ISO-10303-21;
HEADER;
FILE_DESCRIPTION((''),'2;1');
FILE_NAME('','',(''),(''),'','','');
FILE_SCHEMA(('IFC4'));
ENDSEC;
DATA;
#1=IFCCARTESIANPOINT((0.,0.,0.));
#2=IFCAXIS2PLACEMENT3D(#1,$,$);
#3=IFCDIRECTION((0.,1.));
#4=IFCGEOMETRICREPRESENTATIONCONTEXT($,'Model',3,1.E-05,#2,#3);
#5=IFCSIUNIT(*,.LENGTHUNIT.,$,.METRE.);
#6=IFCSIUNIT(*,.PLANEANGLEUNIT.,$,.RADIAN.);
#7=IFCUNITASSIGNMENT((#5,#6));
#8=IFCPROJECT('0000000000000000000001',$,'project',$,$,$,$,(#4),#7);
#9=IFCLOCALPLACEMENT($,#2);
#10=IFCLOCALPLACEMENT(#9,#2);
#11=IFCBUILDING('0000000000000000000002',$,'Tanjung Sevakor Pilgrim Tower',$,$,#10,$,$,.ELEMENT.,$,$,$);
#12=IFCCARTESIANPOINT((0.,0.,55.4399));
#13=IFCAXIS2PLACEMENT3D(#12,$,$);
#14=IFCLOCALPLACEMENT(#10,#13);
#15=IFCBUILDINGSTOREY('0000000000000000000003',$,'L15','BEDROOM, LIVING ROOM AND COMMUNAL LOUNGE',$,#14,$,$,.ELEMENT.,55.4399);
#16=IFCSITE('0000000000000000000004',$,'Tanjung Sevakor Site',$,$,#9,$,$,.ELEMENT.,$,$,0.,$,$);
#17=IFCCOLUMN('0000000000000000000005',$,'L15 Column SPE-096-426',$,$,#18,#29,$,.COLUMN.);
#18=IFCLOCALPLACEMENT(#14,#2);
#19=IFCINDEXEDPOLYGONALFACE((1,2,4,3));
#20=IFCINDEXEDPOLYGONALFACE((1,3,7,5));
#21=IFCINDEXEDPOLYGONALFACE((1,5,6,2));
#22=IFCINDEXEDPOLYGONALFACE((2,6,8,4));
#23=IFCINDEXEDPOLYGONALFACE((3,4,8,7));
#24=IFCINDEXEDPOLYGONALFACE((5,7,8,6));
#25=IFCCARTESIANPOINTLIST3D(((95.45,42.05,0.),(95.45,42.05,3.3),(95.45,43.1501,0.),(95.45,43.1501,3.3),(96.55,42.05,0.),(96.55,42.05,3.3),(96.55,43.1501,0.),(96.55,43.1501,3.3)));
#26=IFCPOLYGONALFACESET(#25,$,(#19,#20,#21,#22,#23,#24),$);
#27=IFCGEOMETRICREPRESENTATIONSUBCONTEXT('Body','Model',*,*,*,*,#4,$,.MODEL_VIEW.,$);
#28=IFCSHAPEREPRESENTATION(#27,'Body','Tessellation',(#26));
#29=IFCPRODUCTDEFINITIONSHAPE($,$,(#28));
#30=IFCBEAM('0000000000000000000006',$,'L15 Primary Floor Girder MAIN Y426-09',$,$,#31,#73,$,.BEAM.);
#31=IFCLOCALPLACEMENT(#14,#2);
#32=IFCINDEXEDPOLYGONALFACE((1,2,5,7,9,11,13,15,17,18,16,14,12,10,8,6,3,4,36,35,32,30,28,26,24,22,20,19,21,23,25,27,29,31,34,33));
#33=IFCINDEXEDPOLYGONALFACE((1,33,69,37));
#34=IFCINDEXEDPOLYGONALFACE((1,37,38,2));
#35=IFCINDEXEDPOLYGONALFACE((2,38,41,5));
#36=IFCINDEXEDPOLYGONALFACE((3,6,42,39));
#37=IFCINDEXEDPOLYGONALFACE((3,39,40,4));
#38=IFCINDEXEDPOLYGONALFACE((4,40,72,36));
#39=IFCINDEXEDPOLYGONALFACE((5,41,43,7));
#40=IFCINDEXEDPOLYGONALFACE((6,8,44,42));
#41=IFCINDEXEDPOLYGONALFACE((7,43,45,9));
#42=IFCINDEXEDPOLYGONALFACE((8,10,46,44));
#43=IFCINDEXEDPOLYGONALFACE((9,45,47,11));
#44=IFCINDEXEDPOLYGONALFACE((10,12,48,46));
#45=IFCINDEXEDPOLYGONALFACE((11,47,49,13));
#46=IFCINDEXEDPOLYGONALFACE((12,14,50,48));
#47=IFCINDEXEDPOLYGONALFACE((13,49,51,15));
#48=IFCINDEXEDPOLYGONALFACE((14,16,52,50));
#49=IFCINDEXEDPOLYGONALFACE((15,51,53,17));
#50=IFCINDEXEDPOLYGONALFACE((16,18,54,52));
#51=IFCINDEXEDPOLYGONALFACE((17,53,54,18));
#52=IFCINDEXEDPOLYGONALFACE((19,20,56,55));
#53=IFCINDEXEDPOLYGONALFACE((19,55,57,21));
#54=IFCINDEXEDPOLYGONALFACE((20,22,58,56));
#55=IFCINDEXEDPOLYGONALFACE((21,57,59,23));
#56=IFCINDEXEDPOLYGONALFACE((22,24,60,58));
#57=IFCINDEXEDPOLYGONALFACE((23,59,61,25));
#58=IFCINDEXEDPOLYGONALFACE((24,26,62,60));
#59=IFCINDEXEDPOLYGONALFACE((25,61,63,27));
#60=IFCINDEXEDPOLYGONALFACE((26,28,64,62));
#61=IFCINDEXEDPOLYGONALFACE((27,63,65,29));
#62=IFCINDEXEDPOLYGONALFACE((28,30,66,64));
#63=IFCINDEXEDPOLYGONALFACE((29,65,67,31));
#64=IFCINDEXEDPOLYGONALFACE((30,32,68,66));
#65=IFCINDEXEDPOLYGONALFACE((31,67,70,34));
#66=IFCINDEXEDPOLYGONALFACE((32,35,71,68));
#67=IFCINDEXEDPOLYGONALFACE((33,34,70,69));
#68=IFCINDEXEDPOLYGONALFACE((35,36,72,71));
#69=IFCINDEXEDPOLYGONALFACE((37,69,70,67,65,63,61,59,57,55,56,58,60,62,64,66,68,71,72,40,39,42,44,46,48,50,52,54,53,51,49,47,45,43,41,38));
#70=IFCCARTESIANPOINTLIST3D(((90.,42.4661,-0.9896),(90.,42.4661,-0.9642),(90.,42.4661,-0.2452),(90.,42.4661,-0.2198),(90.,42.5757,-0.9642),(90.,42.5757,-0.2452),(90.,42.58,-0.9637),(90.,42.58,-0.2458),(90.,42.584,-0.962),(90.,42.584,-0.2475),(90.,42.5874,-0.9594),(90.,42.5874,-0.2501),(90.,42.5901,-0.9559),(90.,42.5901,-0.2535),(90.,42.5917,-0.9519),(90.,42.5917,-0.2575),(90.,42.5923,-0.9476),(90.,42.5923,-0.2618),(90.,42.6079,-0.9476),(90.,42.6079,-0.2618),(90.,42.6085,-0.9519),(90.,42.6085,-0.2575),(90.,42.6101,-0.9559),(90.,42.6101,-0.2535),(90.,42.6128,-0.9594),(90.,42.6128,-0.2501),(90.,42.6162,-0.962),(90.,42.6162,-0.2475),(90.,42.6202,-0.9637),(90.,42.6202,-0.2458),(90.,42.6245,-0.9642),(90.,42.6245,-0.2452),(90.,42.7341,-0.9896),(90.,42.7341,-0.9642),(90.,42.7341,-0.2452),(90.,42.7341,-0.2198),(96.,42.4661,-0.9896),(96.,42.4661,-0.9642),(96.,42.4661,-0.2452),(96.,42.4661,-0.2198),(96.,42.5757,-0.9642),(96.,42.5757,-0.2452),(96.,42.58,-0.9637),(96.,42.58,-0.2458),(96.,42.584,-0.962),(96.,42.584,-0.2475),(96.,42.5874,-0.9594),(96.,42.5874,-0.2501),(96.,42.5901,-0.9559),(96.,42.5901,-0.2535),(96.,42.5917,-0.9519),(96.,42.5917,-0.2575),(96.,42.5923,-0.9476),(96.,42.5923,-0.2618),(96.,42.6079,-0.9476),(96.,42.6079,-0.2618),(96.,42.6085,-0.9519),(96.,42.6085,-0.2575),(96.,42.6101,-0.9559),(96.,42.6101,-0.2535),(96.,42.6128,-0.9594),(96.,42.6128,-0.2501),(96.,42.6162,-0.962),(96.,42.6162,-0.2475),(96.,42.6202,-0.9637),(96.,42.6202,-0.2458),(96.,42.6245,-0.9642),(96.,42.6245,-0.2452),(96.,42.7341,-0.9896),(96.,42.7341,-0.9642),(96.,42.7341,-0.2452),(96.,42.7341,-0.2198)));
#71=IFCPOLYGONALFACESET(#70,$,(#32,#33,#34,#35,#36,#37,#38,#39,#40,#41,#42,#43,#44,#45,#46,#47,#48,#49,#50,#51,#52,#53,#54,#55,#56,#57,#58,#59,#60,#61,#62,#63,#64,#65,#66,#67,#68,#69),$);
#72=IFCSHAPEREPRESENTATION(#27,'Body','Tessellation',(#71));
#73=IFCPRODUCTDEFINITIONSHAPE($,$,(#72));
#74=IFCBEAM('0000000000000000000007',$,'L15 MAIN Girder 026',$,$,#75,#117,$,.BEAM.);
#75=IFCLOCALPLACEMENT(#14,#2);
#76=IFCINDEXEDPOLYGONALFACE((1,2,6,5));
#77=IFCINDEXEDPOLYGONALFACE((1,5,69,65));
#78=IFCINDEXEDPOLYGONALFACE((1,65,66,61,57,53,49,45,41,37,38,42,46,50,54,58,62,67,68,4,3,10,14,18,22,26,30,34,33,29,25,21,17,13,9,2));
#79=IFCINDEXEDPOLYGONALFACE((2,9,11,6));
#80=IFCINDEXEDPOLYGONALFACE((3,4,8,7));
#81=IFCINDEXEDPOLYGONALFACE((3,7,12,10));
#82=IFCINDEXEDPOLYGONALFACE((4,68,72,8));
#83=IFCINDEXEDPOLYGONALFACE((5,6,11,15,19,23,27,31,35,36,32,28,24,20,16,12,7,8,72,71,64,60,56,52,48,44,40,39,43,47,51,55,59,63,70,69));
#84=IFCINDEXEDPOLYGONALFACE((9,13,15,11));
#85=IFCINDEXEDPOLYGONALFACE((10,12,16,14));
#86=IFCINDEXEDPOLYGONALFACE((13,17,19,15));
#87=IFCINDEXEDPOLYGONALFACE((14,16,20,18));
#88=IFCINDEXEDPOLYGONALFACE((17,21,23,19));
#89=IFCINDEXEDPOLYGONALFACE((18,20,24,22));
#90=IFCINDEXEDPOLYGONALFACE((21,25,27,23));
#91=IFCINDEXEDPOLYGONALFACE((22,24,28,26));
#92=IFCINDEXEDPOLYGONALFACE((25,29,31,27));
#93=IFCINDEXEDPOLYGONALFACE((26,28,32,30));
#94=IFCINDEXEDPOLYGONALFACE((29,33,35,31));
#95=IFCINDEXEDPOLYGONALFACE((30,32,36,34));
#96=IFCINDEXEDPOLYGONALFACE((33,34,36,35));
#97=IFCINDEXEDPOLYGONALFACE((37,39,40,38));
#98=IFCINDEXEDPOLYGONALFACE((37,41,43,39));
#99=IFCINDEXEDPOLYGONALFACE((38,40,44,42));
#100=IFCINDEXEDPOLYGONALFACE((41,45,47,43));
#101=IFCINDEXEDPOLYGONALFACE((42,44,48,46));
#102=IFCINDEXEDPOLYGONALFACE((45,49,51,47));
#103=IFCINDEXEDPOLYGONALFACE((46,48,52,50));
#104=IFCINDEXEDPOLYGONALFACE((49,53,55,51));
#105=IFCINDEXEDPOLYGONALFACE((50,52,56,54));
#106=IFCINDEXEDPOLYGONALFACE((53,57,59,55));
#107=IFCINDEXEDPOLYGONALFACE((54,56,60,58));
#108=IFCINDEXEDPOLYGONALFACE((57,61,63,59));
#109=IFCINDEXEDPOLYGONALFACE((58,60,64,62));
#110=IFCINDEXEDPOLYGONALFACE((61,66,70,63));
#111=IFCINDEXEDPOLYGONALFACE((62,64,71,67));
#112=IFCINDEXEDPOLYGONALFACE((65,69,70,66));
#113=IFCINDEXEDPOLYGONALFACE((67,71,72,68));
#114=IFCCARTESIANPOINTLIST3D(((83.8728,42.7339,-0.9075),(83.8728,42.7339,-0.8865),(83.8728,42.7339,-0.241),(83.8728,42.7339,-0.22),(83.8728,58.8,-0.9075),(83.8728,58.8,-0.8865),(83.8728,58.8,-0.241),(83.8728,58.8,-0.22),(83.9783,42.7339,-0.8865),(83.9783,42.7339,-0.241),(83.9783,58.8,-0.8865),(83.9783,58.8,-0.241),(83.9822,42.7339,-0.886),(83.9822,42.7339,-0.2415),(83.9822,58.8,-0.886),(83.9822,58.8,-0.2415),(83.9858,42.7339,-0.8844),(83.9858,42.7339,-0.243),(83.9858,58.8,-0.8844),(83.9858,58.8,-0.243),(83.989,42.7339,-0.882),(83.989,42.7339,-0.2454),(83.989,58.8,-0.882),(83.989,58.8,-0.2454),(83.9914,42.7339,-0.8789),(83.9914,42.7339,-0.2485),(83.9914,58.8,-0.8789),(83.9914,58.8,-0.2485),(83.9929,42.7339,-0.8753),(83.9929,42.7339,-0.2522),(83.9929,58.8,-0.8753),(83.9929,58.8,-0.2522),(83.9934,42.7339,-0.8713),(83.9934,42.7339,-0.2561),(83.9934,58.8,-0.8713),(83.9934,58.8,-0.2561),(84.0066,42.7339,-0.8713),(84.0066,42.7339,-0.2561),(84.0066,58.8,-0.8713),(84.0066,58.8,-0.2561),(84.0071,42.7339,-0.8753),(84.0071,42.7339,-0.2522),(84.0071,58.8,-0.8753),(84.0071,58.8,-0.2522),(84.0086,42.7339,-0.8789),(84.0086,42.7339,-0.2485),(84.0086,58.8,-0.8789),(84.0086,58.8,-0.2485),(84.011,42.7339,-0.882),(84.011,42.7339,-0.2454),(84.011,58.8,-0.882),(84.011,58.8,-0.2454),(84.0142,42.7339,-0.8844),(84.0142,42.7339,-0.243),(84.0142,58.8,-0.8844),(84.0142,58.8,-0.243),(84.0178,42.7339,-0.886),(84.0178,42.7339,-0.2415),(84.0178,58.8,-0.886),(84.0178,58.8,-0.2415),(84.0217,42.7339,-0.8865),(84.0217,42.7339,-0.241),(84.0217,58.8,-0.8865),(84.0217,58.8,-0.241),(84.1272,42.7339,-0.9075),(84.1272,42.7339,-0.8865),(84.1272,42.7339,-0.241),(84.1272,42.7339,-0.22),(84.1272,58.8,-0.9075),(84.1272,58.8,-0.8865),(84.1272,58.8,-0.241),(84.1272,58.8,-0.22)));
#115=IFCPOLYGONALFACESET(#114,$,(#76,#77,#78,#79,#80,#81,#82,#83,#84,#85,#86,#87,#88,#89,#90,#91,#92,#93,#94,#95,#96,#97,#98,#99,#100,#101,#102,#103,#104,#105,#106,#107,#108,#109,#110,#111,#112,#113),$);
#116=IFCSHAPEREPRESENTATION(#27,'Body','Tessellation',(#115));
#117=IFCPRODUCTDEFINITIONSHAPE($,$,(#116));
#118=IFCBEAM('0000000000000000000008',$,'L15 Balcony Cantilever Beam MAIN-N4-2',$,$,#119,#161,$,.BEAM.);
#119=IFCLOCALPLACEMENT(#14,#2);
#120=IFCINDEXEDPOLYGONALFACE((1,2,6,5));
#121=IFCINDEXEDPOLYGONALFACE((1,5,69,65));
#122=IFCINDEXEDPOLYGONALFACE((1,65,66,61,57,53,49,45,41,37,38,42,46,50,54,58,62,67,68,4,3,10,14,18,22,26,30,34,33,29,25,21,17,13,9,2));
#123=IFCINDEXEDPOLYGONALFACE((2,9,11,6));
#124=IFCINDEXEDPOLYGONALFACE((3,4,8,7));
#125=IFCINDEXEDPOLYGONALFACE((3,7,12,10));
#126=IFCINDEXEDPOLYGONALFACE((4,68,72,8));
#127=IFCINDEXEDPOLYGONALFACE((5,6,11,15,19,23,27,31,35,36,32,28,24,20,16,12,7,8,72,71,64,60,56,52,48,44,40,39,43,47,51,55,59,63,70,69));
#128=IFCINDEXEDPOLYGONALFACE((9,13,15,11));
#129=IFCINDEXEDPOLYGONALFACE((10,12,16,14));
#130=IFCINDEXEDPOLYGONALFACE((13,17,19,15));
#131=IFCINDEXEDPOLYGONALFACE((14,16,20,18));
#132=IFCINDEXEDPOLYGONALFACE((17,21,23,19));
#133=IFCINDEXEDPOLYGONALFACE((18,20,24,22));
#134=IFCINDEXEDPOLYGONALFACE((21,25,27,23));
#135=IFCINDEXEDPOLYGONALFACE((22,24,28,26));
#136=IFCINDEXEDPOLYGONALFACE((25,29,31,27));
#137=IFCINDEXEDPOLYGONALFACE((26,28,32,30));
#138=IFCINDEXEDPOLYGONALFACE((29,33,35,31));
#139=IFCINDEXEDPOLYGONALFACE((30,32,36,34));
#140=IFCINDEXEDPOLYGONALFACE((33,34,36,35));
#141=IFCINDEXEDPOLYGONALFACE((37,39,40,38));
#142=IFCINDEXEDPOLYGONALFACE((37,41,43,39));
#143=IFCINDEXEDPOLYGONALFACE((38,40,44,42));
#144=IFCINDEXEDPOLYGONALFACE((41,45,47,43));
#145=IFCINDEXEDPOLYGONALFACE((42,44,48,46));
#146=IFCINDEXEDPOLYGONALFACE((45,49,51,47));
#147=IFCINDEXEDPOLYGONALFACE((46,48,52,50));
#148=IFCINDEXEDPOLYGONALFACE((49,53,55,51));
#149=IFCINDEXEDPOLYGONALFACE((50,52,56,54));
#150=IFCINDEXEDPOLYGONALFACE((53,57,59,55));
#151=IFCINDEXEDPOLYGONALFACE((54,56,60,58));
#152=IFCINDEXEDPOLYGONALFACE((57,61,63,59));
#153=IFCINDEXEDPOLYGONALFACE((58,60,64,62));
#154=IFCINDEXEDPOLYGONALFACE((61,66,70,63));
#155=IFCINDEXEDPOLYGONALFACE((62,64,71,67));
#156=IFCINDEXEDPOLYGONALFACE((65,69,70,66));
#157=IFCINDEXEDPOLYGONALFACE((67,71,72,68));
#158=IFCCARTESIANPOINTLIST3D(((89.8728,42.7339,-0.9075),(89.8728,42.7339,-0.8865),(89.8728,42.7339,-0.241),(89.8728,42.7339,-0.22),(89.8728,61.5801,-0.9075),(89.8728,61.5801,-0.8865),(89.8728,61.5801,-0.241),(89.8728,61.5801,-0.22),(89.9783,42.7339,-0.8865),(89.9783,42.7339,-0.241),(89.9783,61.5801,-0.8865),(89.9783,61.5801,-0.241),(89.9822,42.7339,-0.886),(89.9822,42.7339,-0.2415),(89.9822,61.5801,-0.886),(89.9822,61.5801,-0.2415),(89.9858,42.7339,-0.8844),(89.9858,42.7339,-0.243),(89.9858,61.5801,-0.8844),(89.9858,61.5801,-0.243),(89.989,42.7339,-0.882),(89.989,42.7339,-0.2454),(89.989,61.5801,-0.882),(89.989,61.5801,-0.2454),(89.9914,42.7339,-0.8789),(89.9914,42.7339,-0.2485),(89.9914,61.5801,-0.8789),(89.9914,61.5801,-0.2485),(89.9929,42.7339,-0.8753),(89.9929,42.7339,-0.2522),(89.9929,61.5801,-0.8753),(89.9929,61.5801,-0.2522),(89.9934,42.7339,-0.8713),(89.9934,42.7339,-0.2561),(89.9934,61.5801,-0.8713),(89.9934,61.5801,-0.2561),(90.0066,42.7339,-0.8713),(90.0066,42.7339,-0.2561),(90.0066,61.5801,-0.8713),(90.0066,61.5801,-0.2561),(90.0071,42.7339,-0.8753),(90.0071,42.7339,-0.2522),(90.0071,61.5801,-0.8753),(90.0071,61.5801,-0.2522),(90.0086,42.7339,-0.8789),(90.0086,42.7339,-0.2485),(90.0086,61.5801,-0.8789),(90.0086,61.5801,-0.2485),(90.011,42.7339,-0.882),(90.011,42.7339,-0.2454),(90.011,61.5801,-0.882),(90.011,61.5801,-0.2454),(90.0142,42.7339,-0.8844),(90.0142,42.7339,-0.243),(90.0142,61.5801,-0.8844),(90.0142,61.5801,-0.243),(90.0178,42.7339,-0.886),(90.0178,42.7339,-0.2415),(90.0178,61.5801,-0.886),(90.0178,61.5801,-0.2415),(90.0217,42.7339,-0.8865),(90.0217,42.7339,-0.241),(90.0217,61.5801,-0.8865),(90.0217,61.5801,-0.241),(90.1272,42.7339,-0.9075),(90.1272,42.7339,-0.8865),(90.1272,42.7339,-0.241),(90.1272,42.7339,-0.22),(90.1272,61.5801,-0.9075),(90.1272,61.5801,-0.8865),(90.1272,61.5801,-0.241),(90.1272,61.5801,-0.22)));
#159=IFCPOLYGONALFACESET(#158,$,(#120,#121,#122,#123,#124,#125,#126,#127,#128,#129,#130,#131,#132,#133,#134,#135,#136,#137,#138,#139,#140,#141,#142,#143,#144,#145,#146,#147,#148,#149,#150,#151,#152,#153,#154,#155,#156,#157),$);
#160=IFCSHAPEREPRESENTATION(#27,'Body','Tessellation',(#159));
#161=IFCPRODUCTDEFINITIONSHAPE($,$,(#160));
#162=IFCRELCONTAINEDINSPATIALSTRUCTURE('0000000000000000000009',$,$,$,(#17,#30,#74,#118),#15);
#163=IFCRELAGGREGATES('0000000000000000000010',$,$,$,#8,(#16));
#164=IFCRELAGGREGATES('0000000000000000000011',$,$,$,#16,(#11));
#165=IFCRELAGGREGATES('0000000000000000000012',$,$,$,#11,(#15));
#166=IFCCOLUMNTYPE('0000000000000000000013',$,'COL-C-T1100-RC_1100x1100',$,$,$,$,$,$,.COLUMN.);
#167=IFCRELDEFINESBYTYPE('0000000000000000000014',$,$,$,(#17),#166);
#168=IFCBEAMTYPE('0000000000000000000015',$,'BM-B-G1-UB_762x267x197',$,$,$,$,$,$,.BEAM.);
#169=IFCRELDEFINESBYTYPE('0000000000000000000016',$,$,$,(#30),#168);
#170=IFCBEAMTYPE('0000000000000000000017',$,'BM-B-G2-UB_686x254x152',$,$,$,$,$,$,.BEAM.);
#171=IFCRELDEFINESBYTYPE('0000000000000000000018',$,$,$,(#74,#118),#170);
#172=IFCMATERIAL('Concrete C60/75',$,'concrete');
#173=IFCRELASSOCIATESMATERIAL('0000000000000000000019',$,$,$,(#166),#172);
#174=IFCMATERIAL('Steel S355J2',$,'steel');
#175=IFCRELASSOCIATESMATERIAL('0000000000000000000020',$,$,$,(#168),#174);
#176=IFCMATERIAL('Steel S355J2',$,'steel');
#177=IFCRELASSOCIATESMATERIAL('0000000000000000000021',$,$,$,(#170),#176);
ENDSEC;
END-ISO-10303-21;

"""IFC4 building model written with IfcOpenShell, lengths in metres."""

from ifc_helpers import new_model, si_unit, direction, frame, origin, origin_2d, place, context, subcontext, project, spatial, rectangle, i_section, extrude, material, material_profile, profile_set, type_object, element, save


model = new_model("IFC4")

# Units and contexts
model_context = context("Model", 3, precision=1e-05, world=origin(), true_north=direction((0.0, 1.0)))
body_context = subcontext(model_context, "Body", "Model", "MODEL_VIEW")
ifc_project = project(units=[si_unit("LENGTHUNIT", "METRE"), si_unit("PLANEANGLEUNIT", "RADIAN")], contexts=[model_context])

# Site, building, storey
site_placement = place(None, origin())
site = spatial("IfcSite", under=ifc_project, at=site_placement, Name="Tanjung Sevakor Site", CompositionType="ELEMENT", RefElevation=0.0)
building_placement = place(site_placement, origin())
building = spatial("IfcBuilding", under=site, at=building_placement, Name="Tanjung Sevakor Pilgrim Tower", CompositionType="ELEMENT")
storey_placement = place(building_placement, frame((0.0, 0.0, 55.4399)))
storey = spatial("IfcBuildingStorey", under=building, at=storey_placement, Name="L15", Description="BEDROOM, LIVING ROOM AND COMMUNAL LOUNGE", CompositionType="ELEMENT", Elevation=55.4399)

# Column
ifc_material_1 = material(Name="Concrete C60/75", Category="concrete")
ifc_material_profile_1 = material_profile(ifc_material_1, rectangle(XDim=1.1001, YDim=1.1001, at=origin_2d()))
ifc_profile_set_1 = profile_set([ifc_material_profile_1], Name="Concrete C60/75")
column_type = type_object("IfcColumnType", Name="COL-C-T1100-RC_1100x1100", PredefinedType="COLUMN", material=ifc_profile_set_1)
column_placement = place(storey_placement, frame((96.0, 42.6001, 0.0), z_axis=(0.0, 0.0, 1.0), x_axis=(1.0, 0.0, 0.0)))
element("IfcColumn", 1, at=column_placement, inside=storey, type_object=column_type, Name="L15 Column SPE-096-426", PredefinedType="COLUMN", context=body_context, shape_type="SweptSolid", body=[
    extrude(rectangle(XDim=1.1001, YDim=1.1001, at=origin_2d()), origin(), (0.0, 0.0, 1.0), 3.3),
])

# Beams
ifc_material_2 = material(Name="Steel S355J2", Category="steel")
ifc_material_profile_2 = material_profile(ifc_material_2, i_section(OverallWidth=0.2681, OverallDepth=0.7698, WebThickness=0.0156, FlangeThickness=0.0254, FilletRadius=0.0166, at=origin_2d()))
ifc_profile_set_2 = profile_set([ifc_material_profile_2], Name="Steel S355J2")
beam_type_1 = type_object("IfcBeamType", Name="BM-B-G1-UB_762x267x197", PredefinedType="BEAM", material=ifc_profile_set_2)
beam_1_placement = place(storey_placement, frame((90.0, 42.6001, -0.6047), z_axis=(1.0, 0.0, 0.0), x_axis=(0.0, 1.0, 0.0)))
element("IfcBeam", 2, at=beam_1_placement, inside=storey, type_object=beam_type_1, Name="L15 Primary Floor Girder MAIN Y426-09", PredefinedType="BEAM", context=body_context, shape_type="SweptSolid", body=[
    extrude(i_section(OverallWidth=0.2681, OverallDepth=0.7698, WebThickness=0.0156, FlangeThickness=0.0254, FilletRadius=0.0166, at=origin_2d()), origin(), (0.0, 0.0, 1.0), 6.0),
])
ifc_material_3 = material(Name="Steel S355J2", Category="steel")
ifc_material_profile_3 = material_profile(ifc_material_3, i_section(OverallWidth=0.2544, OverallDepth=0.6875, WebThickness=0.0132, FlangeThickness=0.021, FilletRadius=0.0151, at=origin_2d()))
ifc_profile_set_3 = profile_set([ifc_material_profile_3], Name="Steel S355J2")
beam_type_2 = type_object("IfcBeamType", Name="BM-B-G2-UB_686x254x152", PredefinedType="BEAM", material=ifc_profile_set_3)
beam_2_placement = place(storey_placement, frame((84.0, 42.7339, -0.5637), z_axis=(0.0, 1.0, 0.0), x_axis=(-1.0, 0.0, 0.0)))
element("IfcBeam", 3, at=beam_2_placement, inside=storey, type_object=beam_type_2, Name="L15 MAIN Girder 026", PredefinedType="BEAM", context=body_context, shape_type="SweptSolid", body=[
    extrude(i_section(OverallWidth=0.2544, OverallDepth=0.6875, WebThickness=0.0132, FlangeThickness=0.021, FilletRadius=0.0151, at=origin_2d()), origin(), (0.0, 0.0, 1.0), 16.0662),
])
beam_3_placement = place(storey_placement, frame((90.0, 42.7339, -0.5637), z_axis=(0.0, 1.0, 0.0), x_axis=(-1.0, 0.0, 0.0)))
element("IfcBeam", 4, at=beam_3_placement, inside=storey, type_object=beam_type_2, Name="L15 Balcony Cantilever Beam MAIN-N4-2", PredefinedType="BEAM", context=body_context, shape_type="SweptSolid", body=[
    extrude(i_section(OverallWidth=0.2544, OverallDepth=0.6875, WebThickness=0.0132, FlangeThickness=0.021, FilletRadius=0.0151, at=origin_2d()), origin(), (0.0, 0.0, 1.0), 18.8462),
])

save(model, "model.ifc")
